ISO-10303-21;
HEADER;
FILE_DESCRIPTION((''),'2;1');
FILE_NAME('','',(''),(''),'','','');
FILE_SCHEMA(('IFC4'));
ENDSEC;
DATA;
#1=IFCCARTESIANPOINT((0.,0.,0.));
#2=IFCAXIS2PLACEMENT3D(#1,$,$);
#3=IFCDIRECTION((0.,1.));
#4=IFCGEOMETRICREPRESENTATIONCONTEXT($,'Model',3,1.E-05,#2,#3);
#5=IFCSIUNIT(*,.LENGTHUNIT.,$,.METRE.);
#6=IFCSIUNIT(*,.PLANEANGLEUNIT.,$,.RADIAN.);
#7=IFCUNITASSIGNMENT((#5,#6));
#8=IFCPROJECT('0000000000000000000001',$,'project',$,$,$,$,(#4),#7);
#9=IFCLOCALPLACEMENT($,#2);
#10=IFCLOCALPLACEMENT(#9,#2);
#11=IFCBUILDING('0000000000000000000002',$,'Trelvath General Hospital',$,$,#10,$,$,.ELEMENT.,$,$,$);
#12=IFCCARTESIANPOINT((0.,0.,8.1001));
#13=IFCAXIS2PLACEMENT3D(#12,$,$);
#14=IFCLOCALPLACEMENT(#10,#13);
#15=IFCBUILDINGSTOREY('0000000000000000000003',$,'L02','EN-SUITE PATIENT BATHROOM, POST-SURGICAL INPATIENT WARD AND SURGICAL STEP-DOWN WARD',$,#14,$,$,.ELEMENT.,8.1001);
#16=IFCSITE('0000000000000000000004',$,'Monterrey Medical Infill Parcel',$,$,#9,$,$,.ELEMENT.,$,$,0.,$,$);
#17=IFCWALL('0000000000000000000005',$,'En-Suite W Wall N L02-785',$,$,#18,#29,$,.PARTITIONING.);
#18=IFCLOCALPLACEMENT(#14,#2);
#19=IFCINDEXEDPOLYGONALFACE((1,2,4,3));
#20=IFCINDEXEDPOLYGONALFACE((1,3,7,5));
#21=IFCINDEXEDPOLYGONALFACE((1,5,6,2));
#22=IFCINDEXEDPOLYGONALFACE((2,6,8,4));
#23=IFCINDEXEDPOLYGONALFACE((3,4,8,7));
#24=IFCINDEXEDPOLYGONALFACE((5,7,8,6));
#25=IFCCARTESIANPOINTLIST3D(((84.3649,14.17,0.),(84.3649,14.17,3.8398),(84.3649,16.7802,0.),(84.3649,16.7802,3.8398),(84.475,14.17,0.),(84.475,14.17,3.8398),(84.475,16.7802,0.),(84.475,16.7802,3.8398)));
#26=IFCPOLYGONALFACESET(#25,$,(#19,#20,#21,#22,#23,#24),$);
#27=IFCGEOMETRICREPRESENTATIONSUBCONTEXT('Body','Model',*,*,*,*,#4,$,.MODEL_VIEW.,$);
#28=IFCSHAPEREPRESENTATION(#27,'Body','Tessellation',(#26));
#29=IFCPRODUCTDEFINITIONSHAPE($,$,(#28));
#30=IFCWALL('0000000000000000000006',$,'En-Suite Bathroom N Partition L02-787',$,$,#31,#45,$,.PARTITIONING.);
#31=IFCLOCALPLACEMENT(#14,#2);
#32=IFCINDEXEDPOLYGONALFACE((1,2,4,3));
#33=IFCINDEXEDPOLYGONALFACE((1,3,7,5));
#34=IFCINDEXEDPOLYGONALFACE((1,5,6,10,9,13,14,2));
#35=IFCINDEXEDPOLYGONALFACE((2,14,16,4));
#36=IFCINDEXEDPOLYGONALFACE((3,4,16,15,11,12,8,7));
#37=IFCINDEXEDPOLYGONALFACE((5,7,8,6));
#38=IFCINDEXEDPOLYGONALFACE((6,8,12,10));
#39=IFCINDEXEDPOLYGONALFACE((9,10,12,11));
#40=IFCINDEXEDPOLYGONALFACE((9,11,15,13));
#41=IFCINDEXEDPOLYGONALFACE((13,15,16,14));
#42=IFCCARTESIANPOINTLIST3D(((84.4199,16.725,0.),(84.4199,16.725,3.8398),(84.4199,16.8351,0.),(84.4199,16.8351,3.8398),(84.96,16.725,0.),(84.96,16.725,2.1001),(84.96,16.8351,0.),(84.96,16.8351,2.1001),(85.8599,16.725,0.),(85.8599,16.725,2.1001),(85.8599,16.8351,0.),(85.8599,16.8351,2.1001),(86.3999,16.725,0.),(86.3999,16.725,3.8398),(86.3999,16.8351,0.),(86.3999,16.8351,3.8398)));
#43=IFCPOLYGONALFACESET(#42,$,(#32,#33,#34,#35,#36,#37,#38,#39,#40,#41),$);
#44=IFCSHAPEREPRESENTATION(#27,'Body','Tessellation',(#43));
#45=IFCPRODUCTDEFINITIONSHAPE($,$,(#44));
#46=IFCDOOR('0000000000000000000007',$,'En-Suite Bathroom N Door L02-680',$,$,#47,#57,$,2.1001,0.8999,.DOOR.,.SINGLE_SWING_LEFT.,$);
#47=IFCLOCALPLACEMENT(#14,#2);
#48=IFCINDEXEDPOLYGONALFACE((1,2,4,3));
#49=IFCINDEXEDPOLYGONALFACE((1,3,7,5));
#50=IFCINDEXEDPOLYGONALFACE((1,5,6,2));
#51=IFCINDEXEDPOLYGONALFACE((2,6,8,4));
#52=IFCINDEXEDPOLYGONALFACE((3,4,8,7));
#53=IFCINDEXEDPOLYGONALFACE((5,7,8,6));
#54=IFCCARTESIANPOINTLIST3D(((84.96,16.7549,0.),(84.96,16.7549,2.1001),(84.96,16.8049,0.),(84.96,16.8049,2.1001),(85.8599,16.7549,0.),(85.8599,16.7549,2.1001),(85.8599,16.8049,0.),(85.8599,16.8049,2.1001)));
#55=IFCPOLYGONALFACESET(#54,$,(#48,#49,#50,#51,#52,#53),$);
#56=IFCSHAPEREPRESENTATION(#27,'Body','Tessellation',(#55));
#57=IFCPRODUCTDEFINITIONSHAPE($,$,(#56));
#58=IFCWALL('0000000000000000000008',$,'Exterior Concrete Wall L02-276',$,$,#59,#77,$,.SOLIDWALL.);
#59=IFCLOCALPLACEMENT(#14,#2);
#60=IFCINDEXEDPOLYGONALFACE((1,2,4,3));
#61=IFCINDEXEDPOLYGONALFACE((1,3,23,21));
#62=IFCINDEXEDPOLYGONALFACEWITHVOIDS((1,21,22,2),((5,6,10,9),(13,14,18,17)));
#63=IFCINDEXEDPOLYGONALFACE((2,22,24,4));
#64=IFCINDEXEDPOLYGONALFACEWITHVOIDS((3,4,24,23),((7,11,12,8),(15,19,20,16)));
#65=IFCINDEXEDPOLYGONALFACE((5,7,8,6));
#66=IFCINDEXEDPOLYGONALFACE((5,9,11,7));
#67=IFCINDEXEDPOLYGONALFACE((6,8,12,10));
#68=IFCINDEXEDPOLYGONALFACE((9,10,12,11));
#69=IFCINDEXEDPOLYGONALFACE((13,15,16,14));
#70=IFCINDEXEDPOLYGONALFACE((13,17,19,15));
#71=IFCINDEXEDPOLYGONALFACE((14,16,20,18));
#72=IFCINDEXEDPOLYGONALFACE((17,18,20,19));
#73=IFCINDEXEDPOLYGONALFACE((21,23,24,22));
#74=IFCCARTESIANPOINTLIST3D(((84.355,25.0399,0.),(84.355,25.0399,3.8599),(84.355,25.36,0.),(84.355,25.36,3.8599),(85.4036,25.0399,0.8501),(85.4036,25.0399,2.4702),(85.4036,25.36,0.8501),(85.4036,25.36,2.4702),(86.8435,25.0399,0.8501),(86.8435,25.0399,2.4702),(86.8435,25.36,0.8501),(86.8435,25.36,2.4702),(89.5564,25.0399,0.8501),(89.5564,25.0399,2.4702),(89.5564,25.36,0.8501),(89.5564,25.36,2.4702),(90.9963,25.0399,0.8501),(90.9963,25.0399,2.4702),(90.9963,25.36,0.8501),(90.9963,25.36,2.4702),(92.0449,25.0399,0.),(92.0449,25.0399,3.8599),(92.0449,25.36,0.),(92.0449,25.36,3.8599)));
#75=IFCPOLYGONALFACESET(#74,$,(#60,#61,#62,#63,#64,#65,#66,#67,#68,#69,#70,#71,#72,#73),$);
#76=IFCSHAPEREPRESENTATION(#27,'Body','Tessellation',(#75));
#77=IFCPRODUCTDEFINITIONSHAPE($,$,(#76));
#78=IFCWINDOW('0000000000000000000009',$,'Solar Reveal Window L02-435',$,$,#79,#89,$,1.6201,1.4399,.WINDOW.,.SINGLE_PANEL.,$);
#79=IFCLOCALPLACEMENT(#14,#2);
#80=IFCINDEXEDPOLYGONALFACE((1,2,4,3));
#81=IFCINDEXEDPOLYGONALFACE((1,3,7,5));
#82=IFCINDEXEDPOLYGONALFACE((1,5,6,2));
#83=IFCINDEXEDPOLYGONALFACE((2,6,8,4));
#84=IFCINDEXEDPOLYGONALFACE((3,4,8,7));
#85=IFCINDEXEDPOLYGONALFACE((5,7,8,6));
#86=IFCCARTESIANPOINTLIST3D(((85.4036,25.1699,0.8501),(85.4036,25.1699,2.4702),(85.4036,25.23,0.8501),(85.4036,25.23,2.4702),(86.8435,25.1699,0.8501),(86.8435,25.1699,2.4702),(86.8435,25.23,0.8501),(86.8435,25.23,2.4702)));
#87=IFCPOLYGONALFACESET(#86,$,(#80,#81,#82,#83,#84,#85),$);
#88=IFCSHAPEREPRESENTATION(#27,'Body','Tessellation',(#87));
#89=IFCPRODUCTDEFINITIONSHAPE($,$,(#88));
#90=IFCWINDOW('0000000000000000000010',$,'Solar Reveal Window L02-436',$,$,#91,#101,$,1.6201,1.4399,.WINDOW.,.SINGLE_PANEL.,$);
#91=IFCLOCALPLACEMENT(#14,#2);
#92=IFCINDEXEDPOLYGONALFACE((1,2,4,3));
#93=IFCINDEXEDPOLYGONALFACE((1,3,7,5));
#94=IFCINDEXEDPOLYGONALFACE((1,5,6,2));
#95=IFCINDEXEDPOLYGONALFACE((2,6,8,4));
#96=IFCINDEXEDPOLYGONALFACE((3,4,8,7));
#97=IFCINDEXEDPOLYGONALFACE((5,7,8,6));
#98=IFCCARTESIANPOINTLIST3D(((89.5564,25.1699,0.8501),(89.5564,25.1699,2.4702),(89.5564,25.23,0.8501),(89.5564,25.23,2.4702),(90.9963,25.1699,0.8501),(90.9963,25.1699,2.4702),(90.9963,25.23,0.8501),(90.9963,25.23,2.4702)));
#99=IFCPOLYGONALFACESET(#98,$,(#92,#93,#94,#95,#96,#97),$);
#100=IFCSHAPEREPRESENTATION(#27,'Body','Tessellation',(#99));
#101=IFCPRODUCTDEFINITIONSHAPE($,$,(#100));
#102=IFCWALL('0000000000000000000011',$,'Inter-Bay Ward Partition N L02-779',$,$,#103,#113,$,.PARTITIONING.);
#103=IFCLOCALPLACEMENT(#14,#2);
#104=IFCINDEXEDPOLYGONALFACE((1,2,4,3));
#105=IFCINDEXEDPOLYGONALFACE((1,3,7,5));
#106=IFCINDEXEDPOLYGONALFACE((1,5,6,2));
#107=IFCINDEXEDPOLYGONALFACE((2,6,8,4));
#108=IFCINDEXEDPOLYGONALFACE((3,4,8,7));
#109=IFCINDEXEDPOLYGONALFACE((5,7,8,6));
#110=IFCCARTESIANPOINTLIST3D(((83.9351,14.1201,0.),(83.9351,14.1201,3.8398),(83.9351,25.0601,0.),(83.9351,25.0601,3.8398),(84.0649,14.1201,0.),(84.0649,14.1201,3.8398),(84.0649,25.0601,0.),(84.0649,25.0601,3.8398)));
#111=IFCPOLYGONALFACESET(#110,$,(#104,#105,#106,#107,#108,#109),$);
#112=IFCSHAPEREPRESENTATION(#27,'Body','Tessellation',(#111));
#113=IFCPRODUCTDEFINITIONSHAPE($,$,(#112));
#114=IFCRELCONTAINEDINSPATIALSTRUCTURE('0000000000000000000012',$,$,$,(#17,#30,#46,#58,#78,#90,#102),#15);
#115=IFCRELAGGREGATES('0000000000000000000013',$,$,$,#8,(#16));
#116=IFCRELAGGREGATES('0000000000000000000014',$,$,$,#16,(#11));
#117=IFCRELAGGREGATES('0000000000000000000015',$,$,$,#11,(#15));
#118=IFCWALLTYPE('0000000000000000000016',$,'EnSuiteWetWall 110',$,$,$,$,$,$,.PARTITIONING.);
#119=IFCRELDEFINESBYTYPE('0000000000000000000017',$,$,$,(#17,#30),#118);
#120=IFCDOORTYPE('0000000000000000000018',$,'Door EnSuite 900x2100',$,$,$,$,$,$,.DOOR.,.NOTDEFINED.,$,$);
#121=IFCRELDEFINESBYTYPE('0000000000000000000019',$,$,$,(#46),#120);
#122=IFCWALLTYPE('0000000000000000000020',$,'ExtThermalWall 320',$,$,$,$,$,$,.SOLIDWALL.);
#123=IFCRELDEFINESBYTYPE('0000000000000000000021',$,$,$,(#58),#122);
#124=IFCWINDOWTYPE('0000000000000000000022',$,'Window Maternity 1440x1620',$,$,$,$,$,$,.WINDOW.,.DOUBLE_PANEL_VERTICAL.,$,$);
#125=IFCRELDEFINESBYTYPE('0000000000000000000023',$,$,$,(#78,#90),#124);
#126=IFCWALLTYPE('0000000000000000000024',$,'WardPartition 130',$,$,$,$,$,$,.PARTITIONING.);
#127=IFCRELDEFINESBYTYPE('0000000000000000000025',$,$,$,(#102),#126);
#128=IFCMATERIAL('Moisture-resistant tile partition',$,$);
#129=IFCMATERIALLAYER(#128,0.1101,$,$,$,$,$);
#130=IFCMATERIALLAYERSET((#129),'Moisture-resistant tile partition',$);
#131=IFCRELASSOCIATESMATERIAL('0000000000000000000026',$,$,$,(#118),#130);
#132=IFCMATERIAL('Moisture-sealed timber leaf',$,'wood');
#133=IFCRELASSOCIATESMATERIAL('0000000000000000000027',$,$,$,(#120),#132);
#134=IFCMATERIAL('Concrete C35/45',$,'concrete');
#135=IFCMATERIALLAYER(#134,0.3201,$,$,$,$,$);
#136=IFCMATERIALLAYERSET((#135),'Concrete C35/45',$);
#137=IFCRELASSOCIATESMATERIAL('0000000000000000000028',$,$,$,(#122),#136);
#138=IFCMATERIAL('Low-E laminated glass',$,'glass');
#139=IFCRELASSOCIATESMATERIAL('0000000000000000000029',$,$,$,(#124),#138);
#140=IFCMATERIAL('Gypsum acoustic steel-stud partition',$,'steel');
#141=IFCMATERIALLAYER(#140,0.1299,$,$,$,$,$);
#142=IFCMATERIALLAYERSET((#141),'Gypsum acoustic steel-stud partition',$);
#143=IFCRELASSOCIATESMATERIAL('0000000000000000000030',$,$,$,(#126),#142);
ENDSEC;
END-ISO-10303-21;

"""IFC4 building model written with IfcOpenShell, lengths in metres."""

from ifc_helpers import new_model, si_unit, direction, frame, frame_2d, origin, place, context, subcontext, project, spatial, rectangle, extrude, material, layer, layer_set, type_object, element, fill, save


model = new_model("IFC4")

# Units and contexts
model_context = context("Model", 3, precision=1e-05, world=origin(), true_north=direction((0.0, 1.0)))
body_context = subcontext(model_context, "Body", "Model", "MODEL_VIEW")
ifc_project = project(units=[si_unit("LENGTHUNIT", "METRE"), si_unit("PLANEANGLEUNIT", "RADIAN")], contexts=[model_context])

# Site, building, storey
site_placement = place(None, origin())
site = spatial("IfcSite", under=ifc_project, at=site_placement, Name="Monterrey Medical Infill Parcel", CompositionType="ELEMENT", RefElevation=0.0)
building_placement = place(site_placement, origin())
building = spatial("IfcBuilding", under=site, at=building_placement, Name="Trelvath General Hospital", CompositionType="ELEMENT")
storey_placement = place(building_placement, frame((0.0, 0.0, 8.1001)))
storey = spatial("IfcBuildingStorey", under=building, at=storey_placement, Name="L02", Description="EN-SUITE PATIENT BATHROOM, POST-SURGICAL INPATIENT WARD AND SURGICAL STEP-DOWN WARD", CompositionType="ELEMENT", Elevation=8.1001)

# Wall
ifc_material_1 = material(Name="Moisture-resistant tile partition")
ifc_layer_1 = layer(ifc_material_1, 0.1101)
ifc_layer_set_1 = layer_set([ifc_layer_1], Name="Moisture-resistant tile partition")
wall_type_1 = type_object("IfcWallType", Name="EnSuiteWetWall 110", PredefinedType="PARTITIONING", material=ifc_layer_set_1)
wall_1_placement = place(storey_placement, frame((84.4199, 14.1699, 0.0), z_axis=(0.0, 0.0, 1.0), x_axis=(0.0, 1.0, 0.0)))
element("IfcWall", 1, at=wall_1_placement, inside=storey, type_object=wall_type_1, Name="En-Suite W Wall N L02-785", PredefinedType="PARTITIONING", context=body_context, shape_type="SweptSolid", body=[
    extrude(rectangle(XDim=2.6101, YDim=0.1101, at=frame_2d((1.3052, 0.0))), origin(), (0.0, 0.0, 1.0), 3.8398),
])

# Wall, opening, door
wall_2_placement = place(storey_placement, frame((84.4199, 16.78, 0.0), z_axis=(0.0, 0.0, 1.0), x_axis=(1.0, 0.0, 0.0)))
wall_2 = element("IfcWall", 2, at=wall_2_placement, inside=storey, type_object=wall_type_1, Name="En-Suite Bathroom N Partition L02-787", PredefinedType="PARTITIONING", context=body_context, shape_type="SweptSolid", body=[
    extrude(rectangle(XDim=1.98, YDim=0.1101, at=frame_2d((0.99, 0.0))), origin(), (0.0, 0.0, 1.0), 3.8398),
])
opening_1_placement = place(wall_2_placement, frame((0.54, 0.0, 0.0)))
opening_1 = element("IfcOpeningElement", 3, at=opening_1_placement, cuts=wall_2, PredefinedType="OPENING", context=body_context, shape_type="SweptSolid", body=[
    extrude(rectangle(XDim=0.8999, YDim=2.1001, at=frame_2d((0.45, 1.05))), frame((0.0, 0.0649, 0.0), z_axis=(0.0, -1.0, 0.0), x_axis=(1.0, 0.0, 0.0)), (0.0, 0.0, 1.0), 0.1301),
])
ifc_material_2 = material(Name="Moisture-sealed timber leaf", Category="wood")
door_type_1 = type_object("IfcDoorType", Name="Door EnSuite 900x2100", OperationType="NOTDEFINED", PredefinedType="DOOR", material=ifc_material_2)
door_1_placement = place(opening_1_placement, origin())
door_1 = element("IfcDoor", 4, at=door_1_placement, inside=storey, type_object=door_type_1, Name="En-Suite Bathroom N Door L02-680", OperationType="SINGLE_SWING_LEFT", OverallHeight=2.1001, OverallWidth=0.8999, PredefinedType="DOOR", context=body_context, shape_type="SweptSolid", body=[
    extrude(rectangle(XDim=0.8999, YDim=2.1001, at=frame_2d((0.45, 1.05))), frame((0.0, 0.0249, 0.0), z_axis=(0.0, -1.0, 0.0), x_axis=(1.0, 0.0, 0.0)), (0.0, 0.0, 1.0), 0.05),
])
fill(opening_1, door_1)

# Wall, openings, windows
ifc_material_3 = material(Name="Concrete C35/45", Category="concrete")
ifc_layer_2 = layer(ifc_material_3, 0.3201)
ifc_layer_set_2 = layer_set([ifc_layer_2], Name="Concrete C35/45")
wall_type_2 = type_object("IfcWallType", Name="ExtThermalWall 320", PredefinedType="SOLIDWALL", material=ifc_layer_set_2)
wall_3_placement = place(storey_placement, frame((84.355, 25.2, 0.0), z_axis=(0.0, 0.0, 1.0), x_axis=(1.0, 0.0, 0.0)))
wall_3 = element("IfcWall", 5, at=wall_3_placement, inside=storey, type_object=wall_type_2, Name="Exterior Concrete Wall L02-276", PredefinedType="SOLIDWALL", context=body_context, shape_type="SweptSolid", body=[
    extrude(rectangle(XDim=7.6899, YDim=0.3201, at=frame_2d((3.845, 0.0))), origin(), (0.0, 0.0, 1.0), 3.8599),
])
opening_2_placement = place(wall_3_placement, frame((1.0486, 0.0, 0.8501)))
opening_2 = element("IfcOpeningElement", 6, at=opening_2_placement, cuts=wall_3, PredefinedType="OPENING", context=body_context, shape_type="SweptSolid", body=[
    extrude(rectangle(XDim=1.4399, YDim=1.6201, at=frame_2d((0.72, 0.8101))), frame((0.0, 0.1699, 0.0), z_axis=(0.0, -1.0, 0.0), x_axis=(1.0, 0.0, 0.0)), (0.0, 0.0, 1.0), 0.3401),
])
opening_3_placement = place(wall_3_placement, frame((5.2014, 0.0, 0.8501)))
opening_3 = element("IfcOpeningElement", 7, at=opening_3_placement, cuts=wall_3, PredefinedType="OPENING", context=body_context, shape_type="SweptSolid", body=[
    extrude(rectangle(XDim=1.4399, YDim=1.6201, at=frame_2d((0.72, 0.8101))), frame((0.0, 0.1699, 0.0), z_axis=(0.0, -1.0, 0.0), x_axis=(1.0, 0.0, 0.0)), (0.0, 0.0, 1.0), 0.3401),
])
ifc_material_4 = material(Name="Low-E laminated glass", Category="glass")
window_type = type_object("IfcWindowType", Name="Window Maternity 1440x1620", PartitioningType="DOUBLE_PANEL_VERTICAL", PredefinedType="WINDOW", material=ifc_material_4)
window_1_placement = place(opening_2_placement, origin())
window_1 = element("IfcWindow", 8, at=window_1_placement, inside=storey, type_object=window_type, Name="Solar Reveal Window L02-435", OverallHeight=1.6201, OverallWidth=1.4399, PartitioningType="SINGLE_PANEL", PredefinedType="WINDOW", context=body_context, shape_type="SweptSolid", body=[
    extrude(rectangle(XDim=1.4399, YDim=1.6201, at=frame_2d((0.72, 0.8101))), frame((0.0, 0.03, 0.0), z_axis=(0.0, -1.0, 0.0), x_axis=(1.0, 0.0, 0.0)), (0.0, 0.0, 1.0), 0.0601),
])
fill(opening_2, window_1)
window_2_placement = place(opening_3_placement, origin())
window_2 = element("IfcWindow", 9, at=window_2_placement, inside=storey, type_object=window_type, Name="Solar Reveal Window L02-436", OverallHeight=1.6201, OverallWidth=1.4399, PartitioningType="SINGLE_PANEL", PredefinedType="WINDOW", context=body_context, shape_type="SweptSolid", body=[
    extrude(rectangle(XDim=1.4399, YDim=1.6201, at=frame_2d((0.72, 0.8101))), frame((0.0, 0.03, 0.0), z_axis=(0.0, -1.0, 0.0), x_axis=(1.0, 0.0, 0.0)), (0.0, 0.0, 1.0), 0.0601),
])
fill(opening_3, window_2)

# Wall
ifc_material_5 = material(Name="Gypsum acoustic steel-stud partition", Category="steel")
ifc_layer_3 = layer(ifc_material_5, 0.1299)
ifc_layer_set_3 = layer_set([ifc_layer_3], Name="Gypsum acoustic steel-stud partition")
wall_type_3 = type_object("IfcWallType", Name="WardPartition 130", PredefinedType="PARTITIONING", material=ifc_layer_set_3)
wall_4_placement = place(storey_placement, frame((84.0, 14.1201, 0.0), z_axis=(0.0, 0.0, 1.0), x_axis=(0.0, 1.0, 0.0)))
element("IfcWall", 10, at=wall_4_placement, inside=storey, type_object=wall_type_3, Name="Inter-Bay Ward Partition N L02-779", PredefinedType="PARTITIONING", context=body_context, shape_type="SweptSolid", body=[
    extrude(rectangle(XDim=10.9399, YDim=0.1299, at=frame_2d((5.47, 0.0))), origin(), (0.0, 0.0, 1.0), 3.8398),
])

save(model, "model.ifc")
